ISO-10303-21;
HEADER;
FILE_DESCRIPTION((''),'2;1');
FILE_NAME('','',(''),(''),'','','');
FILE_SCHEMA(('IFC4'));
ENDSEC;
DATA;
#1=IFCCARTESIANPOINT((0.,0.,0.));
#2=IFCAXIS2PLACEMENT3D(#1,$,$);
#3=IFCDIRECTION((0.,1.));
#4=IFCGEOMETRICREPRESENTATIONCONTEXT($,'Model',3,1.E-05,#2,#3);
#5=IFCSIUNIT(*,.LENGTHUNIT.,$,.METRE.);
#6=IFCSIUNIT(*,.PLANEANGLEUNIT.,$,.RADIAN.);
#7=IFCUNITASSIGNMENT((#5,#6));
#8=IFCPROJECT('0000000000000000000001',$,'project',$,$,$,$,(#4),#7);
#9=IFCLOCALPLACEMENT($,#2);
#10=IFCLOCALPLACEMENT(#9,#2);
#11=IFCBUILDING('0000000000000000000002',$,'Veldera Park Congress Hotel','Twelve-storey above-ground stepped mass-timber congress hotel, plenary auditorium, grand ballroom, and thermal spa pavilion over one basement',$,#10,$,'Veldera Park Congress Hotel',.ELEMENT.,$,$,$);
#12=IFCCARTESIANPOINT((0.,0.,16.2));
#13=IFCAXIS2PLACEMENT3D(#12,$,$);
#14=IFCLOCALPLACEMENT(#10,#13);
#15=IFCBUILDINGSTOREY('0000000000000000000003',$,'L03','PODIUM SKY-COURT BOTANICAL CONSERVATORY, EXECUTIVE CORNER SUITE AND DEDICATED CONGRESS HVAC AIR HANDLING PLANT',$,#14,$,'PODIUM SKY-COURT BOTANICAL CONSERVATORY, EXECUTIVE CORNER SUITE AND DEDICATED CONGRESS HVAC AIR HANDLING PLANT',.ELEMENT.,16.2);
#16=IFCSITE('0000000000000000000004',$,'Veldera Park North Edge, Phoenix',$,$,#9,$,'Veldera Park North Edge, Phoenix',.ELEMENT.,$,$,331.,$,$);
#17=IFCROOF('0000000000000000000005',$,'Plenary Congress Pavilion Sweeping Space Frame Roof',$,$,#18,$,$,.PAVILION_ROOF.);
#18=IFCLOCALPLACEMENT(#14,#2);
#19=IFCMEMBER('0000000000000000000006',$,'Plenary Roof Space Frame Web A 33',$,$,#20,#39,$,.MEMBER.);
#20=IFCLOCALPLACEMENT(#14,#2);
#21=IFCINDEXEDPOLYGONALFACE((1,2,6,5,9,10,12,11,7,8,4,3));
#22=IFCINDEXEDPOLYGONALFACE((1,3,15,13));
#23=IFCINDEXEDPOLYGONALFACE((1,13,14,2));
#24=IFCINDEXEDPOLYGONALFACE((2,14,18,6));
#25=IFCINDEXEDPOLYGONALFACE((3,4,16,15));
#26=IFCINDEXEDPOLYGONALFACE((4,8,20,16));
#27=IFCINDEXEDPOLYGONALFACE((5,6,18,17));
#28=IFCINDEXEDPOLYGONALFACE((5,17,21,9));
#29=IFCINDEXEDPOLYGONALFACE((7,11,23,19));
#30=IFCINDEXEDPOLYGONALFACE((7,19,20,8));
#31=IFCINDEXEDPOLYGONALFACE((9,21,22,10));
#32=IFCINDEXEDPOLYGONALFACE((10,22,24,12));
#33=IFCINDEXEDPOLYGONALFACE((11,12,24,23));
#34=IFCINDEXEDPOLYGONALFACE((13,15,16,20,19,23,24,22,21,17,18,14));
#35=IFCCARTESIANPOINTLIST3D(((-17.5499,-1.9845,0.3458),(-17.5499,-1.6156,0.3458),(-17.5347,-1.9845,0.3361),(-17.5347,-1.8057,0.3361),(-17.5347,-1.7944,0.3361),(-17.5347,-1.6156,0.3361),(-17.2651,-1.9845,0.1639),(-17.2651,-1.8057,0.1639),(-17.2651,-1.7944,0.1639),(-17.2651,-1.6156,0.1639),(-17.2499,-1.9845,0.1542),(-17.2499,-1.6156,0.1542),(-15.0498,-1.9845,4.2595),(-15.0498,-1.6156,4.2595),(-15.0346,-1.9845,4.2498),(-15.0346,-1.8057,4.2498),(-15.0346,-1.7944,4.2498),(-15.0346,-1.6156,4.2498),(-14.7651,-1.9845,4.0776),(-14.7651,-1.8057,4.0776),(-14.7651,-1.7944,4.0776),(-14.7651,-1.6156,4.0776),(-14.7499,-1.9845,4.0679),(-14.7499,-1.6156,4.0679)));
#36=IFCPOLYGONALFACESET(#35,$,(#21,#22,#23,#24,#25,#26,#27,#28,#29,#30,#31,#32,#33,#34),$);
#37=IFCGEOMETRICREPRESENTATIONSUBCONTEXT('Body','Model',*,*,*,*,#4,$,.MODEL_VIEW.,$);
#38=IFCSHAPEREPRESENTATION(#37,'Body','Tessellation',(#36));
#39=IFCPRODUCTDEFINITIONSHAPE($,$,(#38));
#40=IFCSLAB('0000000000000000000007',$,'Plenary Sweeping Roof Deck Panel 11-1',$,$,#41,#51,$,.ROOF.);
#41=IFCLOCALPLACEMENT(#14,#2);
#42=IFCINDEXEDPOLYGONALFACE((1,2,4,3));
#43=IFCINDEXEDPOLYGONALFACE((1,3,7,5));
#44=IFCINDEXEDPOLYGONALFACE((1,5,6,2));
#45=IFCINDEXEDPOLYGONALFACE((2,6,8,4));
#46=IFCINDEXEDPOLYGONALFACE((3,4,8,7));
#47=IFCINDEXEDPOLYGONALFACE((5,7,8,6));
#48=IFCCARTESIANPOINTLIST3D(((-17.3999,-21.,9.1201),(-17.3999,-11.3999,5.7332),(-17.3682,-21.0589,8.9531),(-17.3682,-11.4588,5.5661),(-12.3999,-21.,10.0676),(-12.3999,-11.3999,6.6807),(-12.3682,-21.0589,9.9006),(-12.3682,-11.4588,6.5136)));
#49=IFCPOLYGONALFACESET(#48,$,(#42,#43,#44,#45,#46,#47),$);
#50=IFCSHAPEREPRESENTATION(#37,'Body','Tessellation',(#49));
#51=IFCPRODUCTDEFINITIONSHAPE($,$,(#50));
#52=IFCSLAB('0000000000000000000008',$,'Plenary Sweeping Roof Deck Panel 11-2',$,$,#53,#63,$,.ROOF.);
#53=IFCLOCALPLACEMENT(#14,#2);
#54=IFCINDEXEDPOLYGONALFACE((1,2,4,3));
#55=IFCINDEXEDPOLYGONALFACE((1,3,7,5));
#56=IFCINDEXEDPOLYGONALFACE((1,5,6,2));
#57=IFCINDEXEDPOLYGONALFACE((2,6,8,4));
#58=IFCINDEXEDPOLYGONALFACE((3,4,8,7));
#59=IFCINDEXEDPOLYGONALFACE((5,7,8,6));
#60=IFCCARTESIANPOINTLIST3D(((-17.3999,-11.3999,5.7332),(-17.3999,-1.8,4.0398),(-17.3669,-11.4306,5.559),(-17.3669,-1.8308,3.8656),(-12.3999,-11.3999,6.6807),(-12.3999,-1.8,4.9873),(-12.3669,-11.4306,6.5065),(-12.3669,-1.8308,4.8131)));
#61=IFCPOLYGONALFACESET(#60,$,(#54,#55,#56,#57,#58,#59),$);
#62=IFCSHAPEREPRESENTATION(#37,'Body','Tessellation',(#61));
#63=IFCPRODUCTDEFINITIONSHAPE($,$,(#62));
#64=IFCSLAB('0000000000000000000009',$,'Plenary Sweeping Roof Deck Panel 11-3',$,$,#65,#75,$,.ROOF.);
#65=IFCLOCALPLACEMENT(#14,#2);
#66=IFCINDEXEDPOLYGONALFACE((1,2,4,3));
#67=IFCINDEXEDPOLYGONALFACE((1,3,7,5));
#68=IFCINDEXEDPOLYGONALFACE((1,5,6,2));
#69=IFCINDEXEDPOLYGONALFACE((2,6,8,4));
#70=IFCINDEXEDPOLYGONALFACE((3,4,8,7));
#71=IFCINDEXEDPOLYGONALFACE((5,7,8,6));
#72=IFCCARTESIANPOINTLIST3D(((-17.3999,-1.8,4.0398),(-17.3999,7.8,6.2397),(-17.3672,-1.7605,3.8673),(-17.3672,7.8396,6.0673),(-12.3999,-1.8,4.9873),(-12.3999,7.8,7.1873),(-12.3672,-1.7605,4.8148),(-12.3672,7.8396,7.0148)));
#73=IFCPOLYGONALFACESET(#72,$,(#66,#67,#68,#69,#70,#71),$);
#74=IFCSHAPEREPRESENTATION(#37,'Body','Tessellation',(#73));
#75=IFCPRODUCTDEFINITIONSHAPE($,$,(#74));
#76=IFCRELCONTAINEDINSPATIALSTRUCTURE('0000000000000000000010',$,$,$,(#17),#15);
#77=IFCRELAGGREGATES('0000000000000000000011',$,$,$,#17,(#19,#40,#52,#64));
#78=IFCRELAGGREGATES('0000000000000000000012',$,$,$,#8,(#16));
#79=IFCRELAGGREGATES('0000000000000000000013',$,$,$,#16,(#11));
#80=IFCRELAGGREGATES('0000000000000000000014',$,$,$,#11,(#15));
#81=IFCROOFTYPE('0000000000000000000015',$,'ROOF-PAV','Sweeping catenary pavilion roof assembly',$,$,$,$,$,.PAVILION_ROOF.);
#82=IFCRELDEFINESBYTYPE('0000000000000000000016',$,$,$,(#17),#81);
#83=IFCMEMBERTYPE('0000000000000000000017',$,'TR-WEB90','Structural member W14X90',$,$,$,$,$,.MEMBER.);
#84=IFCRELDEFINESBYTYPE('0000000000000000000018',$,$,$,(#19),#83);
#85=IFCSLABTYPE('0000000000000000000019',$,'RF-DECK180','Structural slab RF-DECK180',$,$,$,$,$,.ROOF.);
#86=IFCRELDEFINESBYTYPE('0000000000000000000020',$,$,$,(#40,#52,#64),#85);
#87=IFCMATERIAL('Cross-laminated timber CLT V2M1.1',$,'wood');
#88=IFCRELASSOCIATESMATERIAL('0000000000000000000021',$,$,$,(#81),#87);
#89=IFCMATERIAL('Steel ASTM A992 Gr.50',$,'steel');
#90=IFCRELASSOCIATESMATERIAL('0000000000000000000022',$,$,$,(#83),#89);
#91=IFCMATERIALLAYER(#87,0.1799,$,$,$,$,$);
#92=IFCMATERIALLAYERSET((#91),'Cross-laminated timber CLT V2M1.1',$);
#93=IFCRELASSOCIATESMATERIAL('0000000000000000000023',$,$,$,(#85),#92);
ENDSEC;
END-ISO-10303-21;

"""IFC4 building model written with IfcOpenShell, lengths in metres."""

from ifc_helpers import new_model, si_unit, direction, frame, origin, origin_2d, place, context, subcontext, project, spatial, polyline, i_section, outline, extrude, material, layer, layer_set, material_profile, profile_set, type_object, element, aggregate, save


model = new_model("IFC4")

# Units and contexts
model_context = context("Model", 3, precision=1e-05, world=origin(), true_north=direction((0.0, 1.0)))
body_context = subcontext(model_context, "Body", "Model", "MODEL_VIEW")
ifc_project = project(units=[si_unit("LENGTHUNIT", "METRE"), si_unit("PLANEANGLEUNIT", "RADIAN")], contexts=[model_context])

# Site, building, storey
site_placement = place(None, origin())
site = spatial("IfcSite", under=ifc_project, at=site_placement, Name="Veldera Park North Edge, Phoenix", LongName="Veldera Park North Edge, Phoenix", CompositionType="ELEMENT", RefElevation=331.0)
building_placement = place(site_placement, origin())
building = spatial("IfcBuilding", under=site, at=building_placement, Name="Veldera Park Congress Hotel", Description="Twelve-storey above-ground stepped mass-timber congress hotel, plenary auditorium, grand ballroom, and thermal spa pavilion over one basement", LongName="Veldera Park Congress Hotel", CompositionType="ELEMENT")
storey_placement = place(building_placement, frame((0.0, 0.0, 16.2)))
storey = spatial("IfcBuildingStorey", under=building, at=storey_placement, Name="L03", Description="PODIUM SKY-COURT BOTANICAL CONSERVATORY, EXECUTIVE CORNER SUITE AND DEDICATED CONGRESS HVAC AIR HANDLING PLANT", LongName="PODIUM SKY-COURT BOTANICAL CONSERVATORY, EXECUTIVE CORNER SUITE AND DEDICATED CONGRESS HVAC AIR HANDLING PLANT", CompositionType="ELEMENT", Elevation=16.2)

# Shared definitions
ifc_material_1 = material(Name="Steel ASTM A992 Gr.50", Category="steel")

# Roof, member, slabs
ifc_material_2 = material(Name="Cross-laminated timber CLT V2M1.1", Category="wood")
roof_type = type_object("IfcRoofType", Name="ROOF-PAV", Description="Sweeping catenary pavilion roof assembly", PredefinedType="PAVILION_ROOF", material=ifc_material_2)
roof_placement = place(storey_placement, origin())
roof = element("IfcRoof", 1, at=roof_placement, inside=storey, type_object=roof_type, Name="Plenary Congress Pavilion Sweeping Space Frame Roof", PredefinedType="PAVILION_ROOF")
ifc_material_profile_1 = material_profile(ifc_material_1, i_section(OverallWidth=0.3689, OverallDepth=0.356, WebThickness=0.0112, FlangeThickness=0.0181, at=origin_2d()), Name="W14X90")
ifc_profile_set_1 = profile_set([ifc_material_profile_1], Name="Steel ASTM A992 Gr.50")
member_type_1 = type_object("IfcMemberType", Name="TR-WEB90", Description="Structural member W14X90", PredefinedType="MEMBER", material=ifc_profile_set_1)
member_1_placement = place(storey_placement, frame((-17.3999, -1.8, 0.25), z_axis=(0.538337, 0.0, 0.842729), x_axis=(0.0, 1.0, 0.0)))
member_1 = element("IfcMember", 2, at=member_1_placement, type_object=member_type_1, Name="Plenary Roof Space Frame Web A 33", PredefinedType="MEMBER", context=body_context, shape_type="SweptSolid", body=[
    extrude(i_section(OverallWidth=0.3689, OverallDepth=0.356, WebThickness=0.0112, FlangeThickness=0.0181, at=origin_2d()), origin(), (0.0, 0.0, 1.0), 4.644),
])
ifc_layer = layer(ifc_material_2, 0.1799)
ifc_layer_set = layer_set([ifc_layer], Name="Cross-laminated timber CLT V2M1.1")
slab_type = type_object("IfcSlabType", Name="RF-DECK180", Description="Structural slab RF-DECK180", PredefinedType="ROOF", material=ifc_layer_set)
slab_1_placement = place(storey_placement, frame((-17.3999, -21.0, 9.1201), z_axis=(-0.175919, 0.327517, 0.928324), x_axis=(0.982514, 0.0, 0.186188)))
slab_1 = element("IfcSlab", 3, at=slab_1_placement, type_object=slab_type, Name="Plenary Sweeping Roof Deck Panel 11-1", PredefinedType="ROOF", context=body_context, shape_type="SweptSolid", body=[
    extrude(outline(polyline([(0.0, 0.0), (5.089, 0.0), (4.4584, 10.1605), (-0.6306, 10.1605), (0.0, 0.0)])), origin(), (0.0, 0.0, -1.0), 0.1799),
])
slab_2_placement = place(storey_placement, frame((-17.3999, -11.3999, 5.7332), z_axis=(-0.183454, 0.170764, 0.968083), x_axis=(0.982514, 0.0, 0.186188)))
slab_2 = element("IfcSlab", 4, at=slab_2_placement, type_object=slab_type, Name="Plenary Sweeping Roof Deck Panel 11-2", PredefinedType="ROOF", context=body_context, shape_type="SweptSolid", body=[
    extrude(outline(polyline([(0.0, 0.0), (5.089, 0.0), (4.7737, 9.743), (-0.3153, 9.743), (0.0, 0.0)])), origin(), (0.0, 0.0, -1.0), 0.1799),
])
slab_3_placement = place(storey_placement, frame((-17.3999, -1.8, 4.0398), z_axis=(-0.181641, -0.219654, 0.958519), x_axis=(0.982514, 0.0, 0.186188)))
slab_3 = element("IfcSlab", 5, at=slab_3_placement, type_object=slab_type, Name="Plenary Sweeping Roof Deck Panel 11-3", PredefinedType="ROOF", context=body_context, shape_type="SweptSolid", body=[
    extrude(outline(polyline([(0.0, 0.0), (5.089, 0.0), (5.4986, 9.8404), (0.4096, 9.8404), (0.0, 0.0)])), origin(), (0.0, 0.0, -1.0), 0.1799),
])
aggregate(roof, [member_1, slab_1, slab_2, slab_3])

save(model, "model.ifc")
